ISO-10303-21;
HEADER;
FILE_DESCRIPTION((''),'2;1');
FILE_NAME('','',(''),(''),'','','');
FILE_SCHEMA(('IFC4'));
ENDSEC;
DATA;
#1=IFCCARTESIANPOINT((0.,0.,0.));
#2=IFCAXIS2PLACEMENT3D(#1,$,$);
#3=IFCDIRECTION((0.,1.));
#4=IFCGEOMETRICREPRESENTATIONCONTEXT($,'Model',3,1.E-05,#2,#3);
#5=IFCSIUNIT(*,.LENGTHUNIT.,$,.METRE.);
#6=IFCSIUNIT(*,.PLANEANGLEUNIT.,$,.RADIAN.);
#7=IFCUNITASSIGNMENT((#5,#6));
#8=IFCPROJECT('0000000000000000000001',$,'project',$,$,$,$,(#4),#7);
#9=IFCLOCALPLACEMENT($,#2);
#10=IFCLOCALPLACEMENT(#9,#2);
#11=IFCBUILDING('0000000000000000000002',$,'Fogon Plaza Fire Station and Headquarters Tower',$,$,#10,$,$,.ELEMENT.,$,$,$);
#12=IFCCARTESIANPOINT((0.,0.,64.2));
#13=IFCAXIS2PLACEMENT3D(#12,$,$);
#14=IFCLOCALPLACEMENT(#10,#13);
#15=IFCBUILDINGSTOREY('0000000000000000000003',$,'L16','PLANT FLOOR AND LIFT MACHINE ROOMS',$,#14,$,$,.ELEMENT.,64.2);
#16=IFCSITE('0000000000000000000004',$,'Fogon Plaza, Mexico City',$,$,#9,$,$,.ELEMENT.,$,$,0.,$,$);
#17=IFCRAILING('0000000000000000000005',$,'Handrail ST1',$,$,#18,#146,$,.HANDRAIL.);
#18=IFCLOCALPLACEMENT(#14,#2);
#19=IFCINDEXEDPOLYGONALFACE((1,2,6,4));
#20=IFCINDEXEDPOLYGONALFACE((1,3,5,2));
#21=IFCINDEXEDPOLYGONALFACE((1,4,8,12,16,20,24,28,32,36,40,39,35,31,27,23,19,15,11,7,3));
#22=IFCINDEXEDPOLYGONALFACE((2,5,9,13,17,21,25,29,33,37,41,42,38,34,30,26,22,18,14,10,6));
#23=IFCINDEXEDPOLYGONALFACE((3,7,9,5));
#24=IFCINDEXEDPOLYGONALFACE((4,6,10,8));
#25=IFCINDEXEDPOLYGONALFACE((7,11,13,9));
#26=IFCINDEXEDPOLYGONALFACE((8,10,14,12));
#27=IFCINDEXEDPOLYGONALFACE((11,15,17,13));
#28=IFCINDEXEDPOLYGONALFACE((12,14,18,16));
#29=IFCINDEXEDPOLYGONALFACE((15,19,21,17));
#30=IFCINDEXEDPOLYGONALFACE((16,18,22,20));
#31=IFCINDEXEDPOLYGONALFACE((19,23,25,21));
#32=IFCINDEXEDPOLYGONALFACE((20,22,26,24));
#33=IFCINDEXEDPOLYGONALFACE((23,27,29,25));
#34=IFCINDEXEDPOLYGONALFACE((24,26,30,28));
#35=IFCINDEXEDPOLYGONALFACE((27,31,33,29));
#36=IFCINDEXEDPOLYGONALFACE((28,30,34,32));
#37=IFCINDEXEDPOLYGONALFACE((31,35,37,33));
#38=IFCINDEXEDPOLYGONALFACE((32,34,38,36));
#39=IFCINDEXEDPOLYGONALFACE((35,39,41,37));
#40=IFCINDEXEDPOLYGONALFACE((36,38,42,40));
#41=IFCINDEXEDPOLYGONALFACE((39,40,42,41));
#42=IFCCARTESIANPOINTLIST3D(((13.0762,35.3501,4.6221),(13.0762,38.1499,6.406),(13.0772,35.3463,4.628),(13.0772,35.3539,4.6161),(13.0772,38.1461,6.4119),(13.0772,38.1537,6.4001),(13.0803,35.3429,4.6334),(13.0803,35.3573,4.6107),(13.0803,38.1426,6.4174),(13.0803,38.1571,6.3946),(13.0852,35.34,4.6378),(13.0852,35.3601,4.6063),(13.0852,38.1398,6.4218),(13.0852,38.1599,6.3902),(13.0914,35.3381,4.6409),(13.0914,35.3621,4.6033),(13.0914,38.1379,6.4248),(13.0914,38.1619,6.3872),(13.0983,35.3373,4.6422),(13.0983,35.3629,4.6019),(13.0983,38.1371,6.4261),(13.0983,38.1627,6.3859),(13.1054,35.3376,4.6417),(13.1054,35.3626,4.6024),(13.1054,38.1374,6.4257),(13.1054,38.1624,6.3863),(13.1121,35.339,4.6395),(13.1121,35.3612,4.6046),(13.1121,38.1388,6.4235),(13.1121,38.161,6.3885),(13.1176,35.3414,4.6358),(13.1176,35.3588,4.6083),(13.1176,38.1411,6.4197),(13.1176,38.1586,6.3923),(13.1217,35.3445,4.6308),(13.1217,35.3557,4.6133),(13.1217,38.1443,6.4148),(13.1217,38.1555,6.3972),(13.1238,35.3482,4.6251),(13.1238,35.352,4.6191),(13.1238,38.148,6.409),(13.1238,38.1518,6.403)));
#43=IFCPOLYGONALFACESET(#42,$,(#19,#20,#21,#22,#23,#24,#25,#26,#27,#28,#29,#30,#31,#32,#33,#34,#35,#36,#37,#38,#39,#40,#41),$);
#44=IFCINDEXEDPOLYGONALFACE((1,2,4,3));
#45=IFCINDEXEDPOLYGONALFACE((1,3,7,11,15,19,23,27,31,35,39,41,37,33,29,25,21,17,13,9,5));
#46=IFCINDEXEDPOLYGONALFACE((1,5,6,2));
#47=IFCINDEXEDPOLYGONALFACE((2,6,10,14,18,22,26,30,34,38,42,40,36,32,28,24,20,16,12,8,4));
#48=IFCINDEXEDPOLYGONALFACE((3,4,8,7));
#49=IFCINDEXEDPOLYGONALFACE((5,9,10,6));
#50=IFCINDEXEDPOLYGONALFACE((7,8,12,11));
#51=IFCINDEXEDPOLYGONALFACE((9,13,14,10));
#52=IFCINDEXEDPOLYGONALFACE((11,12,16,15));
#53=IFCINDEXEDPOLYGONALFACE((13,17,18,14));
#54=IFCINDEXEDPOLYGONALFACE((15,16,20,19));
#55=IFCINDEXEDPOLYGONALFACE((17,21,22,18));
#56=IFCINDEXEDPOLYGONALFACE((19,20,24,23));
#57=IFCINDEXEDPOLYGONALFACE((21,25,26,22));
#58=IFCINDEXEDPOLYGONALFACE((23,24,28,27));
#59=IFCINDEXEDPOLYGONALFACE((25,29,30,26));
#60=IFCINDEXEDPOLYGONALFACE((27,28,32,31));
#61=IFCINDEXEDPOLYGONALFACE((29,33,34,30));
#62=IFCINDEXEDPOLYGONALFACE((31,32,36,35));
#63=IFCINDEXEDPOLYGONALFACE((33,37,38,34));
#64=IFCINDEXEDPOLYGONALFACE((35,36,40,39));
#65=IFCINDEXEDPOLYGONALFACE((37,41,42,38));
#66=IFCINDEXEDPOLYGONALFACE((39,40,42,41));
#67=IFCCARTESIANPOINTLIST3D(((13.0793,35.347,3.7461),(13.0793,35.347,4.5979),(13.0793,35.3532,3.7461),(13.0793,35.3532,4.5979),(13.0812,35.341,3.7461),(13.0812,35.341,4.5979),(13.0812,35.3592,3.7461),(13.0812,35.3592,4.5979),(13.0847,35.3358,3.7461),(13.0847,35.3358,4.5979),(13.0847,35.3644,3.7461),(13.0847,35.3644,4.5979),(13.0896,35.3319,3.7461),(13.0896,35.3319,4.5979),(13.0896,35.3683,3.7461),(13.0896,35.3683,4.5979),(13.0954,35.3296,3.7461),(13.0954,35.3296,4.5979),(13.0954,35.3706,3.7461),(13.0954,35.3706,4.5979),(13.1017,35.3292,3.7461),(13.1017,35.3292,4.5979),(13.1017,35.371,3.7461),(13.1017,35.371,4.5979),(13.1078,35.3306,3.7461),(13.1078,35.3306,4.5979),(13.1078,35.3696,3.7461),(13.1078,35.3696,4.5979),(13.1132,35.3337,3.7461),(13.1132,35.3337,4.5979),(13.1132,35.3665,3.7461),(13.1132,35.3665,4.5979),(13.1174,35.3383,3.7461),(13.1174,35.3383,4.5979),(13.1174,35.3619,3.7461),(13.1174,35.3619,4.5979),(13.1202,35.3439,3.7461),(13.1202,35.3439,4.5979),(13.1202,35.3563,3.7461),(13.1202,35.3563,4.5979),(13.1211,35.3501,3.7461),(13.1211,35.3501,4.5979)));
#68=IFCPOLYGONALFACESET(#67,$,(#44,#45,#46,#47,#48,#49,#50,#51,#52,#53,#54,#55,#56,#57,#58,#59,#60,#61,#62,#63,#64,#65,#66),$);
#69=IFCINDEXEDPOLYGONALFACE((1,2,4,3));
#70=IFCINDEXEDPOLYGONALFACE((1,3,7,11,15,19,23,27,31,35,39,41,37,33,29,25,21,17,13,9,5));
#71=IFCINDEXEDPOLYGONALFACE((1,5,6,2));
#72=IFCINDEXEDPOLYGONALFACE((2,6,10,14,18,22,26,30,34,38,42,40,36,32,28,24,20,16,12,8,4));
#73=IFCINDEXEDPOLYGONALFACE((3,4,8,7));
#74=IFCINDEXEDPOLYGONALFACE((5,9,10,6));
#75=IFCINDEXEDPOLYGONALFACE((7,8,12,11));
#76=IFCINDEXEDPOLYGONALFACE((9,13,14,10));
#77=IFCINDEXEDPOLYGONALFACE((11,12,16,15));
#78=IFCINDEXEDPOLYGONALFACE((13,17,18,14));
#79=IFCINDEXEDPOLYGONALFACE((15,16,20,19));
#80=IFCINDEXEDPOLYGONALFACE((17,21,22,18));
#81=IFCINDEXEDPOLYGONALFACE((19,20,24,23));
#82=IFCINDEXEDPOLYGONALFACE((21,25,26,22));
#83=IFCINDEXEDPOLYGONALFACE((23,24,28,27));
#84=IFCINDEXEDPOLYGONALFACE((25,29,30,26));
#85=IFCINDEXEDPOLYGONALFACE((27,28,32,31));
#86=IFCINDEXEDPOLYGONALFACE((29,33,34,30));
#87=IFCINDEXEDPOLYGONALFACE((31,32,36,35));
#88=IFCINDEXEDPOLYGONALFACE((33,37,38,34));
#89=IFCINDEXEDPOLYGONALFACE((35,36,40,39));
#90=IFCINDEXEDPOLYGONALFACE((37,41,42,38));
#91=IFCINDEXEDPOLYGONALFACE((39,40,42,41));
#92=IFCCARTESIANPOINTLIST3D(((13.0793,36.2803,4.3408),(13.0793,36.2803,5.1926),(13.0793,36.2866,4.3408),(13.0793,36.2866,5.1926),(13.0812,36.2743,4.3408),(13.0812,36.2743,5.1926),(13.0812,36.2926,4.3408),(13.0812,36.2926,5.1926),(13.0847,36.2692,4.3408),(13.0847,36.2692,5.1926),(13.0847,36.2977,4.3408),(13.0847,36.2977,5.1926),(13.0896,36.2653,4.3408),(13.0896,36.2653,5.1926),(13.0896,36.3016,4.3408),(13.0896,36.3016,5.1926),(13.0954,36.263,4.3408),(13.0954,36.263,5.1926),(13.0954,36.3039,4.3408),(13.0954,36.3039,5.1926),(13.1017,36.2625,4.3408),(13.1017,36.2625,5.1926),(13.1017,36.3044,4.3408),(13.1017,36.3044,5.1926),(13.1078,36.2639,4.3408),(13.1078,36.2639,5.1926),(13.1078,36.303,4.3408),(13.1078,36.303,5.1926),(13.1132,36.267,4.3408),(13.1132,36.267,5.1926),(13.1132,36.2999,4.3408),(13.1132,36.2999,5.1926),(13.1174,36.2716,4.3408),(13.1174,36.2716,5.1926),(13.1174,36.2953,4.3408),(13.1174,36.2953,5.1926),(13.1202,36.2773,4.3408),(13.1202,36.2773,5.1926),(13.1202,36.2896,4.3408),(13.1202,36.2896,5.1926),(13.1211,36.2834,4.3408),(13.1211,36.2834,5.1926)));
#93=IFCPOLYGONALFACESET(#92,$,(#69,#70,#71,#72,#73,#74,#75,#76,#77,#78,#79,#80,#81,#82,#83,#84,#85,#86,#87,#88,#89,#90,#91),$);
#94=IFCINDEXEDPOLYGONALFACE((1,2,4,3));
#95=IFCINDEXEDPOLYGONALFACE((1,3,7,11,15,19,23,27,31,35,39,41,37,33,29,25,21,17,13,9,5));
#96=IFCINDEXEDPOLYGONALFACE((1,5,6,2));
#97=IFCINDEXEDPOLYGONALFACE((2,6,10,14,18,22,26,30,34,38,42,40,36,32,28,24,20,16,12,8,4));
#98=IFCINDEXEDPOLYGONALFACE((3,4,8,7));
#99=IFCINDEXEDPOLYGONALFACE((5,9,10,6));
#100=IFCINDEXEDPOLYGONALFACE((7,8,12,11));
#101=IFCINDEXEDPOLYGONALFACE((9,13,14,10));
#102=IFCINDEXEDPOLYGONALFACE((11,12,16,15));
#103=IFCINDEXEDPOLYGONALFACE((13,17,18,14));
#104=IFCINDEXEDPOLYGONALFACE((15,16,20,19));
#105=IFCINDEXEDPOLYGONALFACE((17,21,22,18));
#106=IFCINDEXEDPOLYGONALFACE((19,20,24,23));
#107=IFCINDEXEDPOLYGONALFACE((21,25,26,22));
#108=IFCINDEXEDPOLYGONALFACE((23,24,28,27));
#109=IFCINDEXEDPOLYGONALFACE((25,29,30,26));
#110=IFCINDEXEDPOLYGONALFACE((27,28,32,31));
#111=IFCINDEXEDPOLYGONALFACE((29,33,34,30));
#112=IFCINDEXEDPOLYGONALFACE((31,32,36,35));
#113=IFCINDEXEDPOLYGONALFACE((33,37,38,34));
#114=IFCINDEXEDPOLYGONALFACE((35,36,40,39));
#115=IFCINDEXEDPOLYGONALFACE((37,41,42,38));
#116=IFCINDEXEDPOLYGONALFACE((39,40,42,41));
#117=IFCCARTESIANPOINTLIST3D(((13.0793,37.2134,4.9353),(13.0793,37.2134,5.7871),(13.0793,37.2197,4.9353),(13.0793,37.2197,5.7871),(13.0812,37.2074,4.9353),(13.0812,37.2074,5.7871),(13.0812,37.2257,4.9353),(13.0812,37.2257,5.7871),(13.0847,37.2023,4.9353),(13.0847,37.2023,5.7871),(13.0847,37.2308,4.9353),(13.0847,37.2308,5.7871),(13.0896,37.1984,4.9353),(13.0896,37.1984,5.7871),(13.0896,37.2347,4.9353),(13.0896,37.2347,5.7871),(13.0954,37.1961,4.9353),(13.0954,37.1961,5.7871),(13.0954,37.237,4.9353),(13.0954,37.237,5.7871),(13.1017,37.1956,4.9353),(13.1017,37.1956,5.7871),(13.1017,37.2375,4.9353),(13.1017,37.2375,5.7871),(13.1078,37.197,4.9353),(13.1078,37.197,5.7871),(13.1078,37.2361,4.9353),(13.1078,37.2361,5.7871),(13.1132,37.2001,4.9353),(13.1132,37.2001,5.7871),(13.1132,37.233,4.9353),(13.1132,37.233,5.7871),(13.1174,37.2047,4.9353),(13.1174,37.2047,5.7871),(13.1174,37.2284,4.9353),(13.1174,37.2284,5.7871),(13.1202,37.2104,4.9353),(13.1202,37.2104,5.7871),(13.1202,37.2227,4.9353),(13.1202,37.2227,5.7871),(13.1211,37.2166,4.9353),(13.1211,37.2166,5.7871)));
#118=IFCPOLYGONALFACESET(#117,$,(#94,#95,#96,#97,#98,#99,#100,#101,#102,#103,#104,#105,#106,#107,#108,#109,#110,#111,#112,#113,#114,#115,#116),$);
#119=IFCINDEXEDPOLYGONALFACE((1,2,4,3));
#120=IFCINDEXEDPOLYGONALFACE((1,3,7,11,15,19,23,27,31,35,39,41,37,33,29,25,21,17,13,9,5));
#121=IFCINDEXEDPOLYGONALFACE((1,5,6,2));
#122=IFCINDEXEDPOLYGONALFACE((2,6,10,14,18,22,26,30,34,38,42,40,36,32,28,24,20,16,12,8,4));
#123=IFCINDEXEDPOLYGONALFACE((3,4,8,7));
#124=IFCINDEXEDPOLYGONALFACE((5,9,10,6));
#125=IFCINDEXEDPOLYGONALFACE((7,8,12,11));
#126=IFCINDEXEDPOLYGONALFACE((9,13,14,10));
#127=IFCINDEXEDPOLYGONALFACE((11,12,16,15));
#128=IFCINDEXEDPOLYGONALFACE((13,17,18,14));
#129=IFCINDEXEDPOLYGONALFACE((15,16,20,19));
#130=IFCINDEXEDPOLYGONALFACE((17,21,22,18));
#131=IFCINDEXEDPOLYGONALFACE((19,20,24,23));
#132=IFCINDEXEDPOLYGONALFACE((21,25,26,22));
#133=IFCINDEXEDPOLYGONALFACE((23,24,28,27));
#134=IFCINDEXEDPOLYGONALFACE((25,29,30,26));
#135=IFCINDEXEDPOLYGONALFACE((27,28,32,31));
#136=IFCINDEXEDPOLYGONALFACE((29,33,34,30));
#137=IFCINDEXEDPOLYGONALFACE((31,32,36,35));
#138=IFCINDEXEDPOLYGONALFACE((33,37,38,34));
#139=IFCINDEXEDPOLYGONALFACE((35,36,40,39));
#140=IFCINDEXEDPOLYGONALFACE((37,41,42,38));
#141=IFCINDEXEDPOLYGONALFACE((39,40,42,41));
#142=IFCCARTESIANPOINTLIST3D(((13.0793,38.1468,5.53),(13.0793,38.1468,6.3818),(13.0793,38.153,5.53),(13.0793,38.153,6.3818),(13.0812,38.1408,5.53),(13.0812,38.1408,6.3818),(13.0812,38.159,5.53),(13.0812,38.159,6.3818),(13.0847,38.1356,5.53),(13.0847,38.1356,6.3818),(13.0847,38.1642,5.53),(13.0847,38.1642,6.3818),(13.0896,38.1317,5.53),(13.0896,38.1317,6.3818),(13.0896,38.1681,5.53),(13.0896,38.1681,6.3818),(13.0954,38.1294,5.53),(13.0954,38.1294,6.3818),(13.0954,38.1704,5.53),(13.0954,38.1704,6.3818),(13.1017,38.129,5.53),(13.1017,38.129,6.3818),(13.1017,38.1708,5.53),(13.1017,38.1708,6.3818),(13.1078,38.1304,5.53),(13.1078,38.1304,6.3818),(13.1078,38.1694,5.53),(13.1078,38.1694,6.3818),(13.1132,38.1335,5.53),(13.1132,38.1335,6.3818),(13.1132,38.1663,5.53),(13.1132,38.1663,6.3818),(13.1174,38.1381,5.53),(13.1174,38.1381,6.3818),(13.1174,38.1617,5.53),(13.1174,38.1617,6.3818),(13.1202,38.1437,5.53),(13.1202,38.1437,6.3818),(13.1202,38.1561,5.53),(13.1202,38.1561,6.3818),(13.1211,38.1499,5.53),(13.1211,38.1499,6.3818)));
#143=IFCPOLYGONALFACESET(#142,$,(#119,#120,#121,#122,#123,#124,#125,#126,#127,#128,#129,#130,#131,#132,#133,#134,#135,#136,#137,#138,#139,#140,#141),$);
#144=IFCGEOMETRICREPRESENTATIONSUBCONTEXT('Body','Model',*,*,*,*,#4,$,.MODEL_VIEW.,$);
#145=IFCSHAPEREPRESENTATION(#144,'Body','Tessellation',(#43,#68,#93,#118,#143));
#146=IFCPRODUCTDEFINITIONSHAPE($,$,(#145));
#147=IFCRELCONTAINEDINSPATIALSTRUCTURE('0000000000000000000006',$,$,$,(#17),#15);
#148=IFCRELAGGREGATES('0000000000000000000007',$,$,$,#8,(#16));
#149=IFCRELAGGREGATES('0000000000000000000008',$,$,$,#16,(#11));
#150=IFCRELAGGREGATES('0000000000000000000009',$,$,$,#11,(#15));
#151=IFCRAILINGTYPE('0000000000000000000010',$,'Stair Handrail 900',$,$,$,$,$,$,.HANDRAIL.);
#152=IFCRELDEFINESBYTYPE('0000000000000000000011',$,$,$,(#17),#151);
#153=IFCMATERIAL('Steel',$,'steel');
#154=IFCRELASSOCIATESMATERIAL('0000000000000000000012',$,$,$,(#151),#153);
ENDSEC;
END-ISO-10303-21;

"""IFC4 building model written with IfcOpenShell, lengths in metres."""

from ifc_helpers import new_model, si_unit, direction, frame, origin, origin_2d, place, context, subcontext, project, spatial, circle, extrude, material, type_object, element, save


model = new_model("IFC4")

# Units and contexts
model_context = context("Model", 3, precision=1e-05, world=origin(), true_north=direction((0.0, 1.0)))
body_context = subcontext(model_context, "Body", "Model", "MODEL_VIEW")
ifc_project = project(units=[si_unit("LENGTHUNIT", "METRE"), si_unit("PLANEANGLEUNIT", "RADIAN")], contexts=[model_context])

# Site, building, storey
site_placement = place(None, origin())
site = spatial("IfcSite", under=ifc_project, at=site_placement, Name="Fogon Plaza, Mexico City", CompositionType="ELEMENT", RefElevation=0.0)
building_placement = place(site_placement, origin())
building = spatial("IfcBuilding", under=site, at=building_placement, Name="Fogon Plaza Fire Station and Headquarters Tower", CompositionType="ELEMENT")
storey_placement = place(building_placement, frame((0.0, 0.0, 64.2)))
storey = spatial("IfcBuildingStorey", under=building, at=storey_placement, Name="L16", Description="PLANT FLOOR AND LIFT MACHINE ROOMS", CompositionType="ELEMENT", Elevation=64.2)

# Railing
ifc_material_1 = material(Name="Steel", Category="steel")
railing_type = type_object("IfcRailingType", Name="Stair Handrail 900", PredefinedType="HANDRAIL", material=ifc_material_1)
for number, where, name in (
    (1, (13.1001, 35.3501, 3.7461), "Handrail ST1"),
):
    element("IfcRailing", number, at=place(storey_placement, frame(where)), inside=storey, type_object=railing_type, Name=name, PredefinedType="HANDRAIL", context=body_context, shape_type="SweptSolid", body=[
        extrude(circle(Radius=0.0239, at=origin_2d()), frame((0.0, 0.0, 0.876), z_axis=(0.0, 0.843356, 0.537356), x_axis=(-1.0, 0.0, 0.0)), (0.0, 0.0, 1.0), 3.3198),
        extrude(circle(Radius=0.021, at=origin_2d()), origin(), (0.0, 0.0, 1.0), 0.8518),
        extrude(circle(Radius=0.021, at=origin_2d()), frame((0.0, 0.9333, 0.5947)), (0.0, 0.0, 1.0), 0.8518),
        extrude(circle(Radius=0.021, at=origin_2d()), frame((0.0, 1.8665, 1.1892)), (0.0, 0.0, 1.0), 0.8518),
        extrude(circle(Radius=0.021, at=origin_2d()), frame((0.0, 2.7998, 1.7839)), (0.0, 0.0, 1.0), 0.8518),
    ])

save(model, "model.ifc")
